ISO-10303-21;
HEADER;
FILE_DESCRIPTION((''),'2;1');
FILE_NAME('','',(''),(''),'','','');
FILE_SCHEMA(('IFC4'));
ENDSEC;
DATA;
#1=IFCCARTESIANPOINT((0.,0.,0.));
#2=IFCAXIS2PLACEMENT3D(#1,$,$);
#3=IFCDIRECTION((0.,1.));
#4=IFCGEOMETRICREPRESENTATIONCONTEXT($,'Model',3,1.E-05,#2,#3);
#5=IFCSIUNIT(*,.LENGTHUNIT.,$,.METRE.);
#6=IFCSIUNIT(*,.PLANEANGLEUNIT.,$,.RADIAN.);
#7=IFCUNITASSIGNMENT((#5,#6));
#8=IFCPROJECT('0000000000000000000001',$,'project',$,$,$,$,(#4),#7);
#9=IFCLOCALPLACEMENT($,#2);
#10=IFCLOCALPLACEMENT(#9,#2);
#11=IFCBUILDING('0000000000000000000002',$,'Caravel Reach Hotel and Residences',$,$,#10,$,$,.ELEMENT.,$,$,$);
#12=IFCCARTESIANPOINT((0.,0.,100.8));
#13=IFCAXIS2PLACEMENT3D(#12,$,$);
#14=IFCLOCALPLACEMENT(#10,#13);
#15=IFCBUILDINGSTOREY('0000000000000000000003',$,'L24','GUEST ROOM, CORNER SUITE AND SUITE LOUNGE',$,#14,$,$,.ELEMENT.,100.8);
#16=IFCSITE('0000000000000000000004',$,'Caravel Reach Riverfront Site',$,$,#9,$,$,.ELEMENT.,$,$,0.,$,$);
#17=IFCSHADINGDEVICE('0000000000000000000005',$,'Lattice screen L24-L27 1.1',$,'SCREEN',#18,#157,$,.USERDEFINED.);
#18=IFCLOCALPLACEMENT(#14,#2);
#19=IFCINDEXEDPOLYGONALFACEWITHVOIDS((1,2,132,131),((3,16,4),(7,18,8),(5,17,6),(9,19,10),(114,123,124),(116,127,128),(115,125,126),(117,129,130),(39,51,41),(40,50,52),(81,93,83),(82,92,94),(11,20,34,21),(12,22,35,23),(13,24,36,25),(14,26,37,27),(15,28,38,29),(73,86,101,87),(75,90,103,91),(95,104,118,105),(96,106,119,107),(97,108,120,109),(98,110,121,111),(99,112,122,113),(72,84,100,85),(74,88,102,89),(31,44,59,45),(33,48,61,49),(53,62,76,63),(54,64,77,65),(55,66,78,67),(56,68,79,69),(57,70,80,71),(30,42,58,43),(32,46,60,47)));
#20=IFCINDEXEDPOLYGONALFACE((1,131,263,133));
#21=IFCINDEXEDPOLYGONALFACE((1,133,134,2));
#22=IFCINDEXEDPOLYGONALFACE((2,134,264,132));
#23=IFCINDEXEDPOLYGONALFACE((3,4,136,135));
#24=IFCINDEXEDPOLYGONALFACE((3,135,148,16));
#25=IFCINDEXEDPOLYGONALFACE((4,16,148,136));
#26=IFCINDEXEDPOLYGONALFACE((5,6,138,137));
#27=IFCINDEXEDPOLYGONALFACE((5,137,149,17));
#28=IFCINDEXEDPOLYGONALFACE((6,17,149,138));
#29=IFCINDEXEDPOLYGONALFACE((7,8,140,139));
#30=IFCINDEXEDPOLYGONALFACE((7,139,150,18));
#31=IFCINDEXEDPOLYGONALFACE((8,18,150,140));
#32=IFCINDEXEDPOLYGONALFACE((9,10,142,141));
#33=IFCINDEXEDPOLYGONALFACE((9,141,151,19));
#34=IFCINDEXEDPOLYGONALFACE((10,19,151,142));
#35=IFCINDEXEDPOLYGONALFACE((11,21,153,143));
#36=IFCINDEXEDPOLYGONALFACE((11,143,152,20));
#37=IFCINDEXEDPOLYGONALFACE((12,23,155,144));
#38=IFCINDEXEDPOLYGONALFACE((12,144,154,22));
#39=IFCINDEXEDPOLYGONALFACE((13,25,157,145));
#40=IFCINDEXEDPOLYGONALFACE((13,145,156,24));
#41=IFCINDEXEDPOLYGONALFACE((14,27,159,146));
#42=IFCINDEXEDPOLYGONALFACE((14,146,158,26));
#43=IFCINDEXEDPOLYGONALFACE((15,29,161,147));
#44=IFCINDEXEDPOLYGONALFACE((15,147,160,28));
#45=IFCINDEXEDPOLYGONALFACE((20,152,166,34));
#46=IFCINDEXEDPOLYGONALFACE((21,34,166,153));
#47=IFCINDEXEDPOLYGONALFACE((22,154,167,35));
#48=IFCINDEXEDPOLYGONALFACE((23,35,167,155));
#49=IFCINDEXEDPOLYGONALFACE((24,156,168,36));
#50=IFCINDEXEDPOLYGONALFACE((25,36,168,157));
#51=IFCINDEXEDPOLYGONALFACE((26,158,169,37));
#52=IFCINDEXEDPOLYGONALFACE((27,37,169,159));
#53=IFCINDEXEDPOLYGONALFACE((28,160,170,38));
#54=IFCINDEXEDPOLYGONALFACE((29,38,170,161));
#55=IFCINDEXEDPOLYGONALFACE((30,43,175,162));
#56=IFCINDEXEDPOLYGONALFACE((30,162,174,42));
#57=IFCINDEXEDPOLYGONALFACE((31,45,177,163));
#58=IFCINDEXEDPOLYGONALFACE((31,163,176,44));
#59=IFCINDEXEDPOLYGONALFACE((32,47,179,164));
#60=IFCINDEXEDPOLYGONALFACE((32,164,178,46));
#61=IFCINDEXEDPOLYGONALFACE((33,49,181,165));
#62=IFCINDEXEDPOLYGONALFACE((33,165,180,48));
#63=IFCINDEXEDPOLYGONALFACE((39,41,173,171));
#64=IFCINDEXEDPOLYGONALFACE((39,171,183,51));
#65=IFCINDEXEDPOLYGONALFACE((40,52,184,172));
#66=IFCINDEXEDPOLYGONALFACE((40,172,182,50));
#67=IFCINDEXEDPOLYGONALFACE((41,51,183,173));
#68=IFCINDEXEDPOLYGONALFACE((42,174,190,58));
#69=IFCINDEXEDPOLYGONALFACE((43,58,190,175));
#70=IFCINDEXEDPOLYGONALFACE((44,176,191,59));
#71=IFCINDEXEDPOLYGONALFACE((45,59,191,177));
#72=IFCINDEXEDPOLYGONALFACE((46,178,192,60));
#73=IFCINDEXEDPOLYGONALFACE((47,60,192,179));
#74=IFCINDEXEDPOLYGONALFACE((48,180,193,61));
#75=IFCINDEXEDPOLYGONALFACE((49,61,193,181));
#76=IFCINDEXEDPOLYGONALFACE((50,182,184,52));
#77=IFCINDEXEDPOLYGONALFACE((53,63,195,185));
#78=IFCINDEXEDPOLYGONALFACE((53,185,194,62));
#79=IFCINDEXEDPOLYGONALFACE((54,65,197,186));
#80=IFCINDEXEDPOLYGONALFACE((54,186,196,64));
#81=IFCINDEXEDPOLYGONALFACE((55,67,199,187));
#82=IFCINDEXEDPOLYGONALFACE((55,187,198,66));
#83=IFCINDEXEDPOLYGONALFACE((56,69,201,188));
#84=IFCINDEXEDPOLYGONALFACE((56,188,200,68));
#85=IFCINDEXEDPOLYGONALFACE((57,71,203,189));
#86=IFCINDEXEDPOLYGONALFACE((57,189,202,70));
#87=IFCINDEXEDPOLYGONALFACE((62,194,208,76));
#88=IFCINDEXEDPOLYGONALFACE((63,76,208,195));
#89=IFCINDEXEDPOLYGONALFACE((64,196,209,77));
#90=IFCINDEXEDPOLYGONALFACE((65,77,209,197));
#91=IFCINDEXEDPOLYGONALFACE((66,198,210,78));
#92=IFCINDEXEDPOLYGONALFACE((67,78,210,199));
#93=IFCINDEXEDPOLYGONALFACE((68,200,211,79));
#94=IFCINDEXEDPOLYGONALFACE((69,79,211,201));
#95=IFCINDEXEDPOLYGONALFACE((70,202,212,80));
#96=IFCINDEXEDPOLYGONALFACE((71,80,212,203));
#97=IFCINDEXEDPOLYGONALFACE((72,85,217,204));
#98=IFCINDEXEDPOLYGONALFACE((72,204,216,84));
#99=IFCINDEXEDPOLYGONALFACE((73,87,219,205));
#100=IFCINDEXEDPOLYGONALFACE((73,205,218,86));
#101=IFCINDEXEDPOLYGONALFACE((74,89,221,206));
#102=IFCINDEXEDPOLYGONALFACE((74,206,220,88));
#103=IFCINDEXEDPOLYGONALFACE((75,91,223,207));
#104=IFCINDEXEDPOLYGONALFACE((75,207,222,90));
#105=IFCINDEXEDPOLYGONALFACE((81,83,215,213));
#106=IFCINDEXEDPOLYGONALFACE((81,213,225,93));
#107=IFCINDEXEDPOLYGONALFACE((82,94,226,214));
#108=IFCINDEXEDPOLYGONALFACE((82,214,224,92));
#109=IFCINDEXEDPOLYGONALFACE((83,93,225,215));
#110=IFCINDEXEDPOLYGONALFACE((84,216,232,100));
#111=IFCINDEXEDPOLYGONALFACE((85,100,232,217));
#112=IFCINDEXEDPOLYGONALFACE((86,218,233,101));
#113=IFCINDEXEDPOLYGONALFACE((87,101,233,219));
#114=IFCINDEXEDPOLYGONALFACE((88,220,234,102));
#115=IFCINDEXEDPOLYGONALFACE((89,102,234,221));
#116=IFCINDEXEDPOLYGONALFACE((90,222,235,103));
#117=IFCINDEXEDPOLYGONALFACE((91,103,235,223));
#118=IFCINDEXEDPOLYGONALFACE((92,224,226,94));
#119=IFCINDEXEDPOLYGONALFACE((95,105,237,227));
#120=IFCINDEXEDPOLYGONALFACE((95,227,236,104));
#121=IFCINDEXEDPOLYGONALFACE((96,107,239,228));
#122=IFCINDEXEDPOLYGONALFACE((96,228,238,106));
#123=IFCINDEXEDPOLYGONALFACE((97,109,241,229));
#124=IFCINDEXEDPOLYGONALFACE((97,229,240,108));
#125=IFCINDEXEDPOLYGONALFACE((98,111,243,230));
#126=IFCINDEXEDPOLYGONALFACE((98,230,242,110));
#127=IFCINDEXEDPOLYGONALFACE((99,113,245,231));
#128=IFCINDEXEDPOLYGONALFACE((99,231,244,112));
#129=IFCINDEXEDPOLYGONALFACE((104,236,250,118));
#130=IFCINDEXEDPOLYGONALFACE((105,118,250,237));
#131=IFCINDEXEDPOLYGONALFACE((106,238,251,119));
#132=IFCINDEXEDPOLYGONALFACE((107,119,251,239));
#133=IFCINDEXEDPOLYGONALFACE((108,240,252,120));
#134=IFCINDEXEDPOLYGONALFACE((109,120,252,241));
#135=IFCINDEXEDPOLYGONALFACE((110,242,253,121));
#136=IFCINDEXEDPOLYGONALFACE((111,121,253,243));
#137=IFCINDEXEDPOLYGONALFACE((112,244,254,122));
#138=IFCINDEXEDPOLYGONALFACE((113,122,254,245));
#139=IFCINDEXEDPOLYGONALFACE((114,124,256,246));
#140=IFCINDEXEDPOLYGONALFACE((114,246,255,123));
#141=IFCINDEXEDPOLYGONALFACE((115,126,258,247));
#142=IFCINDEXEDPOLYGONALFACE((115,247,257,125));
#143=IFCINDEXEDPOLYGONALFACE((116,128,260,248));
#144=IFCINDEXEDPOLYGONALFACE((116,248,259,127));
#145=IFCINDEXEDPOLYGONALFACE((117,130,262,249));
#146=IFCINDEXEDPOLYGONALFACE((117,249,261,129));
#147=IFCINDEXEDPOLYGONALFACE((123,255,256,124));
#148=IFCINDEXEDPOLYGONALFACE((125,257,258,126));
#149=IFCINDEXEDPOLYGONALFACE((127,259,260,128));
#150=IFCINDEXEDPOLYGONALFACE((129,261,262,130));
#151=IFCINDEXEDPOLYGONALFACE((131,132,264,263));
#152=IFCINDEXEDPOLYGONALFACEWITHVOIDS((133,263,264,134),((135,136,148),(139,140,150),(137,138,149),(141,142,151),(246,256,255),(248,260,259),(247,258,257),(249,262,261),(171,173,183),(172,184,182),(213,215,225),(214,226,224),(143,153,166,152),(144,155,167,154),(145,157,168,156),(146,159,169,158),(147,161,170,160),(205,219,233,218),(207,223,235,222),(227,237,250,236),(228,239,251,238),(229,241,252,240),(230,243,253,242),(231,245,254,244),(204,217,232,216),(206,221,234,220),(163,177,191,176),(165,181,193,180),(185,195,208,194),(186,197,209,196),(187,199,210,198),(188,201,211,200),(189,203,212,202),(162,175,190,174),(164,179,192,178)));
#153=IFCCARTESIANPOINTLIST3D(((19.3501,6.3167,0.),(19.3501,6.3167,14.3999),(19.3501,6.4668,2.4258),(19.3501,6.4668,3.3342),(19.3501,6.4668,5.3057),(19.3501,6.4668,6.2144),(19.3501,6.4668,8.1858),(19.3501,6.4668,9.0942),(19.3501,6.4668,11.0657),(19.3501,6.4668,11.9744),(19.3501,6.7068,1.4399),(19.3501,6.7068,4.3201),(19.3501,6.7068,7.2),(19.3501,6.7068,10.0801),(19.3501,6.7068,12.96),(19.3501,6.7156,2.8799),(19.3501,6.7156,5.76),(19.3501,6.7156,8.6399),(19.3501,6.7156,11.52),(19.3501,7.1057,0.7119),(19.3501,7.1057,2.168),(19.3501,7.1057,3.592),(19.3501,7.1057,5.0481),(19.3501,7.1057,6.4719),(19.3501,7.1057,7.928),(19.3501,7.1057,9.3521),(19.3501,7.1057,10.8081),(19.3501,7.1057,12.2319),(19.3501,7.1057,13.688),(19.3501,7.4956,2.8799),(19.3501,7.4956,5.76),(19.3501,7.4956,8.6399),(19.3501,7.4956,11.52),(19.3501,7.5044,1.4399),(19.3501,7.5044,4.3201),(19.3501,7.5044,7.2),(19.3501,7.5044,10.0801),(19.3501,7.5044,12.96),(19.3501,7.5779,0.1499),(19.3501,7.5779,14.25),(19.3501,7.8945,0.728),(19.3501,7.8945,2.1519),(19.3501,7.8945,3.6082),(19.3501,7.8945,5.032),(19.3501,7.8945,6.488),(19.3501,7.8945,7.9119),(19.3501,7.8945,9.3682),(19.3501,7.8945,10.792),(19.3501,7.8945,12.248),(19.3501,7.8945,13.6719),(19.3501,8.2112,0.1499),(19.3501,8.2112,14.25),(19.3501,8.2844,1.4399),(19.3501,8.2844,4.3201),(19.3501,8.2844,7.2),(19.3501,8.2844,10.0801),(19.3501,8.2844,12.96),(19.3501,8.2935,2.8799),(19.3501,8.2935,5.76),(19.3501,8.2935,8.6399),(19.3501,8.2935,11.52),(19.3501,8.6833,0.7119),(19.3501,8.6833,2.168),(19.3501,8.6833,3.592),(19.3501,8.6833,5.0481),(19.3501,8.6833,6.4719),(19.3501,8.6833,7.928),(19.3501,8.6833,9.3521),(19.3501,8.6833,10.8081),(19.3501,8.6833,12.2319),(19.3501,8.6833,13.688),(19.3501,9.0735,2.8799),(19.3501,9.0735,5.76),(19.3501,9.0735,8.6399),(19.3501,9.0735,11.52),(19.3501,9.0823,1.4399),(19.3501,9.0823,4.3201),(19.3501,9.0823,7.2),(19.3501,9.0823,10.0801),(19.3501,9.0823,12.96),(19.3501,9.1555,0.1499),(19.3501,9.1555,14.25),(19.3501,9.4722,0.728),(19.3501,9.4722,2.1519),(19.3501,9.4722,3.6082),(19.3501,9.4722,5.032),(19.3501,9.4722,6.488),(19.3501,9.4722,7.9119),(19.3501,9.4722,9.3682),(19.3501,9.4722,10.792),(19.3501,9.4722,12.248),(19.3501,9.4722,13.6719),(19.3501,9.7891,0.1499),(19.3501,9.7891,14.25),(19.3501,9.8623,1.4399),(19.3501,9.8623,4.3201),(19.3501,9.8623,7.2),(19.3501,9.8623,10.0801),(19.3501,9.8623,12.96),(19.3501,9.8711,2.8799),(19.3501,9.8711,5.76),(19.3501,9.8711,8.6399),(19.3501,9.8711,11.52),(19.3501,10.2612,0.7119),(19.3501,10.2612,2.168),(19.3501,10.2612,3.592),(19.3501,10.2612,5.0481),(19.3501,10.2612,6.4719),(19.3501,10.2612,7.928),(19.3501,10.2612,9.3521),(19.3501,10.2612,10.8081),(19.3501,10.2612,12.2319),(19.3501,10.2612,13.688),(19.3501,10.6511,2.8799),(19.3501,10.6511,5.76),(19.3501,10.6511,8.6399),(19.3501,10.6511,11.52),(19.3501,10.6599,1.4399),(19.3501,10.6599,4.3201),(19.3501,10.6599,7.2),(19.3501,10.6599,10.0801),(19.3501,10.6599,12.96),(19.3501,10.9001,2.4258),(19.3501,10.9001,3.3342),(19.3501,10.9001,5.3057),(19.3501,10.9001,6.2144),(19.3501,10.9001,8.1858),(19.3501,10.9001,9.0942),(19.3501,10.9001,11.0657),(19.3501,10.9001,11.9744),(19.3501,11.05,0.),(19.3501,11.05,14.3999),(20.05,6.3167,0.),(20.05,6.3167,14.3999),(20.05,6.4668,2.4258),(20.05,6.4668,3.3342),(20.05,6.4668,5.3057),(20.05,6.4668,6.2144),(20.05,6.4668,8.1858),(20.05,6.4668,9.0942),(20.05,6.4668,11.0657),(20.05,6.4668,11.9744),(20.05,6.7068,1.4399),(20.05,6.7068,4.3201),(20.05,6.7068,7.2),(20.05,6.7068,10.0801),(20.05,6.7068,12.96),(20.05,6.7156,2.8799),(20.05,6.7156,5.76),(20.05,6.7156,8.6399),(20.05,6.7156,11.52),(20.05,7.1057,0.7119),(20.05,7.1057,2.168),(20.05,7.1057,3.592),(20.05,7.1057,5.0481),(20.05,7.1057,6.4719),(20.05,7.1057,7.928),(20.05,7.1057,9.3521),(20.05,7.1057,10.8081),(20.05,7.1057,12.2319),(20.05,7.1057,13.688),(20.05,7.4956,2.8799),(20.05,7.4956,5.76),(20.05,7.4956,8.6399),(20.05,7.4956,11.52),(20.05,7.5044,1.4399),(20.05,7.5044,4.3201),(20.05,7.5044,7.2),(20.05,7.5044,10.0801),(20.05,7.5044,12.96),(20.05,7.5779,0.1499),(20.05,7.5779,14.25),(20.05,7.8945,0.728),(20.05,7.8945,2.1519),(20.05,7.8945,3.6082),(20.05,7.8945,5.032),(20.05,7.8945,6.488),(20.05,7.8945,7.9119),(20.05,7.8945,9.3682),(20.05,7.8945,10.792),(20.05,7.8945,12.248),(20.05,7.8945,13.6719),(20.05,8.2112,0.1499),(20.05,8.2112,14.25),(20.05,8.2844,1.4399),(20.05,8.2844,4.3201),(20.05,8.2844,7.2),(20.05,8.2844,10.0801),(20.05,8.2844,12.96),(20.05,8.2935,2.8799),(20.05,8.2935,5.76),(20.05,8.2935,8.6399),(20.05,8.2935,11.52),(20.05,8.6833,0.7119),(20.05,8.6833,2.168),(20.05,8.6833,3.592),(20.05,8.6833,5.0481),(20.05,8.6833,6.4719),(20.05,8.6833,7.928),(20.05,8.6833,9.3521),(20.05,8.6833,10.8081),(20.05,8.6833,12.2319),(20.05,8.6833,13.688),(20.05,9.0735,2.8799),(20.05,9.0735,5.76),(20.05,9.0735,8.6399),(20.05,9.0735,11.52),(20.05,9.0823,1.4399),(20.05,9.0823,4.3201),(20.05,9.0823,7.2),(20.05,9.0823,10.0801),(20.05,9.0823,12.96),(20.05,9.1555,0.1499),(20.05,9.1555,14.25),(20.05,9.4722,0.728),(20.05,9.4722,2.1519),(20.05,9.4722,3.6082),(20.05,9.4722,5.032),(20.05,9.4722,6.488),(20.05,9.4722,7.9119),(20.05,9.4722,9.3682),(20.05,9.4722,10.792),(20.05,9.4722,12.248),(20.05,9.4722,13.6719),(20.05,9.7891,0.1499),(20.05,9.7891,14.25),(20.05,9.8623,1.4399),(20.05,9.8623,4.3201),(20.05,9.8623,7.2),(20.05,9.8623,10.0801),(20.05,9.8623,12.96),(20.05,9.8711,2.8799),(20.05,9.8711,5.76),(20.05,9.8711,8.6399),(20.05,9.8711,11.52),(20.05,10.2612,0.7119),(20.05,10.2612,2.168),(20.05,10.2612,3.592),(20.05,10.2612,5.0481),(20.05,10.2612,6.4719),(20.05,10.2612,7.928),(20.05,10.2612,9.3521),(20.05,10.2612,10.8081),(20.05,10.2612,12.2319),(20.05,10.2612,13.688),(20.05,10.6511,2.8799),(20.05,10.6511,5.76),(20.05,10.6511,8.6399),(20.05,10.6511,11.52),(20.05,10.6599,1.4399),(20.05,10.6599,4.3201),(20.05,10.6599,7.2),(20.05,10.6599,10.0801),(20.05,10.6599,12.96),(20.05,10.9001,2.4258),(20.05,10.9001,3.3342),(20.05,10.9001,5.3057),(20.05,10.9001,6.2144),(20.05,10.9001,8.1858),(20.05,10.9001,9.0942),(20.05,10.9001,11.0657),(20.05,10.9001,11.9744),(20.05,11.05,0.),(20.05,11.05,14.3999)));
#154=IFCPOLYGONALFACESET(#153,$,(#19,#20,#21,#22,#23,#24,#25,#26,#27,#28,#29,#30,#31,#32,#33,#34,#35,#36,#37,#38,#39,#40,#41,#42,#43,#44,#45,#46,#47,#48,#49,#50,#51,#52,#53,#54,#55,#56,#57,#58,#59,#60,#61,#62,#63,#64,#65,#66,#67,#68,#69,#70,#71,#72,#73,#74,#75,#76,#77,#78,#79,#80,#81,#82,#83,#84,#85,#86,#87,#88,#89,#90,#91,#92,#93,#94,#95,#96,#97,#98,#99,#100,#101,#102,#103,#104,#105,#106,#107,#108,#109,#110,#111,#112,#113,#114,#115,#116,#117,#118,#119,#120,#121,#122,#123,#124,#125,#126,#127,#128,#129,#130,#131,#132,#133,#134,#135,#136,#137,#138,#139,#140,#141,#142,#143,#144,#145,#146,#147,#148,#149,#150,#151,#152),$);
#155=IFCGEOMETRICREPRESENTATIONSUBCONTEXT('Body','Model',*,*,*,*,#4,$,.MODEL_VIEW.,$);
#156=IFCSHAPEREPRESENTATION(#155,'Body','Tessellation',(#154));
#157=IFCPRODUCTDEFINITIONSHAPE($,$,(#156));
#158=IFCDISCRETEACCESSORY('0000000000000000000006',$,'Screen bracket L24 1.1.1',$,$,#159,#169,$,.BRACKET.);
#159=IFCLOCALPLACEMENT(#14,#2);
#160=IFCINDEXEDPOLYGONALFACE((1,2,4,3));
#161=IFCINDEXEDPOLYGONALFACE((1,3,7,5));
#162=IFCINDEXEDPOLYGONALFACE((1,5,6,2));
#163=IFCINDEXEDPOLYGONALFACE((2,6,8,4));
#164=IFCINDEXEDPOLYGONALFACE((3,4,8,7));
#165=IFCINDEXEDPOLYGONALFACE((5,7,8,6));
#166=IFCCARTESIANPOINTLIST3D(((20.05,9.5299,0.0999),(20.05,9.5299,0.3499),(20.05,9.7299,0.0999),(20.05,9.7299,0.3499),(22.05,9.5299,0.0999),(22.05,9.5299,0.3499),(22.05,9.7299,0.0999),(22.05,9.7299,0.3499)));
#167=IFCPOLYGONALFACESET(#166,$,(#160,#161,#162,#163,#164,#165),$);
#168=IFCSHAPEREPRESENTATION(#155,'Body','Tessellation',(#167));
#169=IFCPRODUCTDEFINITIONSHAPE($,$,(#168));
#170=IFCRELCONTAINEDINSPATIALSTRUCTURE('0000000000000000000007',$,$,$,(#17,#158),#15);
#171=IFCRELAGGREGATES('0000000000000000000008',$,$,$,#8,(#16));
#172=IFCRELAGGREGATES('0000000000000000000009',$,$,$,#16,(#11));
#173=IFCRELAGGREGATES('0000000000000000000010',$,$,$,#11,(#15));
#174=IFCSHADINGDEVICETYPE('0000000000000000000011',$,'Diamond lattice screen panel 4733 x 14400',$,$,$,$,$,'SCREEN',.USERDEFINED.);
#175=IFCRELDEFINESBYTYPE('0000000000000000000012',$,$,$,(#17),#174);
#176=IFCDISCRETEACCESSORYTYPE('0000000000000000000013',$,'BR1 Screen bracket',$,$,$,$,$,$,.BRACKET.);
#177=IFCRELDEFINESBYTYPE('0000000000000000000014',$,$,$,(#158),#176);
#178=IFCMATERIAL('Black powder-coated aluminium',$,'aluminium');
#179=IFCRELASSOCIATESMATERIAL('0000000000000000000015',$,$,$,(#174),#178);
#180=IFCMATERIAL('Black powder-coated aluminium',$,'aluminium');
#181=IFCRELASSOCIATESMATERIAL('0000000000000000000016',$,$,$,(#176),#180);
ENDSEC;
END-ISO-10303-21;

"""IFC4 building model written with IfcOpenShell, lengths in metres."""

from ifc_helpers import new_model, si_unit, direction, frame, origin, origin_2d, place, context, subcontext, project, spatial, polyline, rectangle, outline, extrude, material, type_object, element, save


model = new_model("IFC4")

# Units and contexts
model_context = context("Model", 3, precision=1e-05, world=origin(), true_north=direction((0.0, 1.0)))
body_context = subcontext(model_context, "Body", "Model", "MODEL_VIEW")
ifc_project = project(units=[si_unit("LENGTHUNIT", "METRE"), si_unit("PLANEANGLEUNIT", "RADIAN")], contexts=[model_context])

# Site, building, storey
site_placement = place(None, origin())
site = spatial("IfcSite", under=ifc_project, at=site_placement, Name="Caravel Reach Riverfront Site", CompositionType="ELEMENT", RefElevation=0.0)
building_placement = place(site_placement, origin())
building = spatial("IfcBuilding", under=site, at=building_placement, Name="Caravel Reach Hotel and Residences", CompositionType="ELEMENT")
storey_placement = place(building_placement, frame((0.0, 0.0, 100.8)))
storey = spatial("IfcBuildingStorey", under=building, at=storey_placement, Name="L24", Description="GUEST ROOM, CORNER SUITE AND SUITE LOUNGE", CompositionType="ELEMENT", Elevation=100.8)

# Shading device
ifc_material_1 = material(Name="Black powder-coated aluminium", Category="aluminium")
shading_device_type = type_object("IfcShadingDeviceType", Name="Diamond lattice screen panel 4733 x 14400", ElementType="SCREEN", PredefinedType="USERDEFINED", material=ifc_material_1)
shading_device_placement = place(storey_placement, frame((20.05, 11.05, 0.0), z_axis=(-1.0, 0.0, 0.0), x_axis=(0.0, -1.0, 0.0)))
element("IfcShadingDevice", 1, at=shading_device_placement, inside=storey, type_object=shading_device_type, Name="Lattice screen L24-L27 1.1", ObjectType="SCREEN", PredefinedType="USERDEFINED", context=body_context, shape_type="SweptSolid", body=[
    extrude(outline(polyline([(0.0, 0.0), (4.7334, 0.0), (4.7334, 14.3999), (0.0, 14.3999), (0.0, 0.0)]), holes=[polyline([(0.3989, 2.8799), (0.1499, 3.3342), (0.1499, 2.4258), (0.3989, 2.8799)]), polyline([(0.3989, 5.76), (0.1499, 6.2144), (0.1499, 5.3057), (0.3989, 5.76)]), polyline([(0.3989, 8.6399), (0.1499, 9.0942), (0.1499, 8.1858), (0.3989, 8.6399)]), polyline([(0.3989, 11.52), (0.1499, 11.9744), (0.1499, 11.0657), (0.3989, 11.52)]), polyline([(0.7888, 2.168), (0.3901, 1.4399), (0.7888, 0.7119), (1.1877, 1.4399), (0.7888, 2.168)]), polyline([(0.7888, 5.0481), (0.3901, 4.3201), (0.7888, 3.592), (1.1877, 4.3201), (0.7888, 5.0481)]), polyline([(0.7888, 7.928), (0.3901, 7.2), (0.7888, 6.4719), (1.1877, 7.2), (0.7888, 7.928)]), polyline([(0.7888, 10.8081), (0.3901, 10.0801), (0.7888, 9.3521), (1.1877, 10.0801), (0.7888, 10.8081)]), polyline([(0.7888, 13.688), (0.3901, 12.96), (0.7888, 12.2319), (1.1877, 12.96), (0.7888, 13.688)]), polyline([(1.5779, 0.728), (1.261, 0.1499), (1.8945, 0.1499), (1.5779, 0.728)]), polyline([(1.5779, 3.6082), (1.179, 2.8799), (1.5779, 2.1519), (1.9766, 2.8799), (1.5779, 3.6082)]), polyline([(1.5779, 6.488), (1.179, 5.76), (1.5779, 5.032), (1.9766, 5.76), (1.5779, 6.488)]), polyline([(1.5779, 9.3682), (1.179, 8.6399), (1.5779, 7.9119), (1.9766, 8.6399), (1.5779, 9.3682)]), polyline([(1.5779, 12.248), (1.179, 11.52), (1.5779, 10.792), (1.9766, 11.52), (1.5779, 12.248)]), polyline([(1.5779, 13.6719), (1.8945, 14.25), (1.261, 14.25), (1.5779, 13.6719)]), polyline([(2.3667, 2.168), (1.9678, 1.4399), (2.3667, 0.7119), (2.7656, 1.4399), (2.3667, 2.168)]), polyline([(2.3667, 5.0481), (1.9678, 4.3201), (2.3667, 3.592), (2.7656, 4.3201), (2.3667, 5.0481)]), polyline([(2.3667, 7.928), (1.9678, 7.2), (2.3667, 6.4719), (2.7656, 7.2), (2.3667, 7.928)]), polyline([(2.3667, 10.8081), (1.9678, 10.0801), (2.3667, 9.3521), (2.7656, 10.0801), (2.3667, 10.8081)]), polyline([(2.3667, 13.688), (1.9678, 12.96), (2.3667, 12.2319), (2.7656, 12.96), (2.3667, 13.688)]), polyline([(3.1555, 0.728), (2.8389, 0.1499), (3.4722, 0.1499), (3.1555, 0.728)]), polyline([(3.1555, 3.6082), (2.7566, 2.8799), (3.1555, 2.1519), (3.5544, 2.8799), (3.1555, 3.6082)]), polyline([(3.1555, 6.488), (2.7566, 5.76), (3.1555, 5.032), (3.5544, 5.76), (3.1555, 6.488)]), polyline([(3.1555, 9.3682), (2.7566, 8.6399), (3.1555, 7.9119), (3.5544, 8.6399), (3.1555, 9.3682)]), polyline([(3.1555, 12.248), (2.7566, 11.52), (3.1555, 10.792), (3.5544, 11.52), (3.1555, 12.248)]), polyline([(3.1555, 13.6719), (3.4722, 14.25), (2.8389, 14.25), (3.1555, 13.6719)]), polyline([(3.9443, 2.168), (3.5457, 1.4399), (3.9443, 0.7119), (4.3433, 1.4399), (3.9443, 2.168)]), polyline([(3.9443, 5.0481), (3.5457, 4.3201), (3.9443, 3.592), (4.3433, 4.3201), (3.9443, 5.0481)]), polyline([(3.9443, 7.928), (3.5457, 7.2), (3.9443, 6.4719), (4.3433, 7.2), (3.9443, 7.928)]), polyline([(3.9443, 10.8081), (3.5457, 10.0801), (3.9443, 9.3521), (4.3433, 10.0801), (3.9443, 10.8081)]), polyline([(3.9443, 13.688), (3.5457, 12.96), (3.9443, 12.2319), (4.3433, 12.96), (3.9443, 13.688)]), polyline([(4.3345, 2.8799), (4.5833, 2.4258), (4.5833, 3.3342), (4.3345, 2.8799)]), polyline([(4.3345, 5.76), (4.5833, 5.3057), (4.5833, 6.2144), (4.3345, 5.76)]), polyline([(4.3345, 8.6399), (4.5833, 8.1858), (4.5833, 9.0942), (4.3345, 8.6399)]), polyline([(4.3345, 11.52), (4.5833, 11.0657), (4.5833, 11.9744), (4.3345, 11.52)])]), origin(), (0.0, 0.0, 1.0), 0.7),
])

# Discrete accessory
ifc_material_2 = material(Name="Black powder-coated aluminium", Category="aluminium")
discrete_accessory_type = type_object("IfcDiscreteAccessoryType", Name="BR1 Screen bracket", PredefinedType="BRACKET", material=ifc_material_2)
discrete_accessory_1_placement = place(storey_placement, frame((21.05, 9.6299, 0.0999), z_axis=(0.0, 0.0, 1.0), x_axis=(-1.0, 0.0, 0.0)))
element("IfcDiscreteAccessory", 2, at=discrete_accessory_1_placement, inside=storey, type_object=discrete_accessory_type, Name="Screen bracket L24 1.1.1", PredefinedType="BRACKET", context=body_context, shape_type="SweptSolid", body=[
    extrude(rectangle(XDim=2.0, YDim=0.2, at=origin_2d()), origin(), (0.0, 0.0, 1.0), 0.25),
])

save(model, "model.ifc")
